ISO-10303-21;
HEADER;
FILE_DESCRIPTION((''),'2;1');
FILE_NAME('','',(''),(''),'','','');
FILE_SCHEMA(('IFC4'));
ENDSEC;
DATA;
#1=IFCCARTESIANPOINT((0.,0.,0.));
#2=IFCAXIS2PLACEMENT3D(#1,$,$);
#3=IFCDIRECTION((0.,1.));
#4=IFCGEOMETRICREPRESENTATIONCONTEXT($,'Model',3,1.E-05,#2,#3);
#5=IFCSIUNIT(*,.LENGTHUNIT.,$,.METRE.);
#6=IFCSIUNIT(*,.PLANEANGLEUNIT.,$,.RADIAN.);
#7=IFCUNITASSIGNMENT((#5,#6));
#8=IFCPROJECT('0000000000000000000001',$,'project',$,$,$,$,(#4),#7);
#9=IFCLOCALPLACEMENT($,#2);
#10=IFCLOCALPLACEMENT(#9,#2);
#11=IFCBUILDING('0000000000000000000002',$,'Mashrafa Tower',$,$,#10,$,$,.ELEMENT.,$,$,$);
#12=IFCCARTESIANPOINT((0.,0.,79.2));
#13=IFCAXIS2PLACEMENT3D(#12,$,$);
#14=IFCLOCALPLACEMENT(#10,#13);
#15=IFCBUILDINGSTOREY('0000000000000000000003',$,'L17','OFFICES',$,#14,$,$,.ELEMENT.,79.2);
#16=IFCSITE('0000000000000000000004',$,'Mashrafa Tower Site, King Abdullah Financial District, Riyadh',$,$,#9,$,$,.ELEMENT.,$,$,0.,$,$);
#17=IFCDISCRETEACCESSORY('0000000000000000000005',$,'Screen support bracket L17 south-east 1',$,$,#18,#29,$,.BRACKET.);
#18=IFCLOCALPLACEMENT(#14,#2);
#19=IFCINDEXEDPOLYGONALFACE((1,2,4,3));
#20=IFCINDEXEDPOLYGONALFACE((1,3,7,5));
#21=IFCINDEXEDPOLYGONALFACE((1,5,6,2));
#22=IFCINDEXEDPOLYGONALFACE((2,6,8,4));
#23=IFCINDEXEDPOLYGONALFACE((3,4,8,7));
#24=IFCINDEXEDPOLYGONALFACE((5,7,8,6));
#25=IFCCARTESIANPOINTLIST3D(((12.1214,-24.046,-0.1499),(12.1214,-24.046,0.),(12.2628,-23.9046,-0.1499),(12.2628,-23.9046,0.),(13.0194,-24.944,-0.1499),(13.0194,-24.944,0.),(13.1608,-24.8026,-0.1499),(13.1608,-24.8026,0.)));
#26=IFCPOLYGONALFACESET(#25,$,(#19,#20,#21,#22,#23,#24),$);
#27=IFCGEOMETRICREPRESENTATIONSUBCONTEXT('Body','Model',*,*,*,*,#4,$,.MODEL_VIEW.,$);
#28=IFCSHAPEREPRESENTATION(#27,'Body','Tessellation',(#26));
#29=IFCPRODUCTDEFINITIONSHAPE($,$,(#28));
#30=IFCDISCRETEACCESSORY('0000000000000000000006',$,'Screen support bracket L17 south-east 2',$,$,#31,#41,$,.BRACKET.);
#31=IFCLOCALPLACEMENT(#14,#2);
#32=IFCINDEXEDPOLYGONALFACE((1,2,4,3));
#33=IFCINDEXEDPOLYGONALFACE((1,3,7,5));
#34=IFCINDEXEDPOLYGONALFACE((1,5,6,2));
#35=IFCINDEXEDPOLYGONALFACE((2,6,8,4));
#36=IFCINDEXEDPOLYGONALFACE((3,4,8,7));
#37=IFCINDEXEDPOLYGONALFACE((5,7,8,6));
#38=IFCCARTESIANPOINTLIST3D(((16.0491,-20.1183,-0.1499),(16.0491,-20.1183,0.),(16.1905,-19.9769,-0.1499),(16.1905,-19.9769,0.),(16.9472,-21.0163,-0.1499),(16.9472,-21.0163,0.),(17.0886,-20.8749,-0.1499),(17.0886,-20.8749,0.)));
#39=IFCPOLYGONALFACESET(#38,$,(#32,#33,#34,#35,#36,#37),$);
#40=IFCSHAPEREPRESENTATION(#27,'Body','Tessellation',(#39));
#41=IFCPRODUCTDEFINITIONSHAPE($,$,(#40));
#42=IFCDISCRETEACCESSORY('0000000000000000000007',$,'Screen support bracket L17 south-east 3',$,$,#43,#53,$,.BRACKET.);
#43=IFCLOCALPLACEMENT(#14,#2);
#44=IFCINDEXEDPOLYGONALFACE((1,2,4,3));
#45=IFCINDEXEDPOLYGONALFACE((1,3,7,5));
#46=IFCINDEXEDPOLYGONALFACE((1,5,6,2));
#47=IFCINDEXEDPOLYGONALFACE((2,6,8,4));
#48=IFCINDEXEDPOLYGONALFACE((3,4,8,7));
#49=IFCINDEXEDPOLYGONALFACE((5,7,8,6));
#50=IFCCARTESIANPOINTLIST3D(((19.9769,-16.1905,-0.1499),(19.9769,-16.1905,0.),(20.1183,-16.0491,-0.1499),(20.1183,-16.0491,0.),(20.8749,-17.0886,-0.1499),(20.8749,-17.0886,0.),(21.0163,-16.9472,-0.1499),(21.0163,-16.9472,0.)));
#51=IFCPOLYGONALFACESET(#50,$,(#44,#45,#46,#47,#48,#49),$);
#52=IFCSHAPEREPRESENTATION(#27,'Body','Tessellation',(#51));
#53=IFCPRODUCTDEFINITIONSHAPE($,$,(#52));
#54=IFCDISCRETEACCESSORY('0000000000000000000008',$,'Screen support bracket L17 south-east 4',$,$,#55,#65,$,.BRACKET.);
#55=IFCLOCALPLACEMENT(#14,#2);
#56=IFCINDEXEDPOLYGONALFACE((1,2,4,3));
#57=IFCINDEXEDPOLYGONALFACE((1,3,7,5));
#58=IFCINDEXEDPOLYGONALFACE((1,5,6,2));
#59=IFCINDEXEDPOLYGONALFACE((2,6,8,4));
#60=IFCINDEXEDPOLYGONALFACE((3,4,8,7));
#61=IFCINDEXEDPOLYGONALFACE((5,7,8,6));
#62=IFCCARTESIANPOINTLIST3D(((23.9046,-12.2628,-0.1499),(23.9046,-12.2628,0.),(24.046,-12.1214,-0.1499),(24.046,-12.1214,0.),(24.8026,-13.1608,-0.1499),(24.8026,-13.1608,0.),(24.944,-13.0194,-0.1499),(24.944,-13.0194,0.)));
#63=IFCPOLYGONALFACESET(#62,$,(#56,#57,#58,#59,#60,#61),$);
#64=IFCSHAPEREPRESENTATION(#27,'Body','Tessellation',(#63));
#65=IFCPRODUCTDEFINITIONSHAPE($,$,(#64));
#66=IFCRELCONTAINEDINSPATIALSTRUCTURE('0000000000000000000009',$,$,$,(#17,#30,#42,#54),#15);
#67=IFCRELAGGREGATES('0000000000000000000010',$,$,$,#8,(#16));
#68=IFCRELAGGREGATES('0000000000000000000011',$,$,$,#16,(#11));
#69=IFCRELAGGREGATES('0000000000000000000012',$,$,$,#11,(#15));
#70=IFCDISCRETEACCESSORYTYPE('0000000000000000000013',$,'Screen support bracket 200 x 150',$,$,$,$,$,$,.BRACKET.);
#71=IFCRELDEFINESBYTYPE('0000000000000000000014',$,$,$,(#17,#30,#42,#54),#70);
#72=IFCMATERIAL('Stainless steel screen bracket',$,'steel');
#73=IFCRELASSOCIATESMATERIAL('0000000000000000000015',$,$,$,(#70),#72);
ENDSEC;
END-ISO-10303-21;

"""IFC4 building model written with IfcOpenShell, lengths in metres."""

from ifc_helpers import new_model, si_unit, direction, frame, origin, origin_2d, place, context, subcontext, project, spatial, rectangle, extrude, source, transform, mapped, material, type_object, type_shapes, element, save


model = new_model("IFC4")

# Units and contexts
model_context = context("Model", 3, precision=1e-05, world=origin(), true_north=direction((0.0, 1.0)))
body_context = subcontext(model_context, "Body", "Model", "MODEL_VIEW")
ifc_project = project(units=[si_unit("LENGTHUNIT", "METRE"), si_unit("PLANEANGLEUNIT", "RADIAN")], contexts=[model_context])

# Site, building, storey
site_placement = place(None, origin())
site = spatial("IfcSite", under=ifc_project, at=site_placement, Name="Mashrafa Tower Site, King Abdullah Financial District, Riyadh", CompositionType="ELEMENT", RefElevation=0.0)
building_placement = place(site_placement, origin())
building = spatial("IfcBuilding", under=site, at=building_placement, Name="Mashrafa Tower", CompositionType="ELEMENT")
storey_placement = place(building_placement, frame((0.0, 0.0, 79.2)))
storey = spatial("IfcBuildingStorey", under=building, at=storey_placement, Name="L17", Description="OFFICES", CompositionType="ELEMENT", Elevation=79.2)

# Discrete accessories
ifc_material_1 = material(Name="Stainless steel screen bracket", Category="steel")
discrete_accessory_type = type_object("IfcDiscreteAccessoryType", Name="Screen support bracket 200 x 150", PredefinedType="BRACKET", material=ifc_material_1)
shared_shape_1 = source(origin(), body_context, "Body", "SweptSolid", [
    extrude(rectangle(XDim=0.2, YDim=1.27, at=origin_2d()), origin(), (0.0, 0.0, 1.0), 0.1499),
])
type_shapes(discrete_accessory_type, [shared_shape_1])
for number, where, z_axis, x_axis, name in (
    (1, (12.6411, -24.4243, -0.1499), (0.0, 0.0, 1.0), (0.707107, 0.707107, 0.0), "Screen support bracket L17 south-east 1"),
    (2, (16.5688, -20.4966, -0.1499), (0.0, 0.0, 1.0), (0.707107, 0.707107, 0.0), "Screen support bracket L17 south-east 2"),
    (3, (20.4966, -16.5688, -0.1499), (0.0, 0.0, 1.0), (0.707107, 0.707107, 0.0), "Screen support bracket L17 south-east 3"),
    (4, (24.4243, -12.6411, -0.1499), (0.0, 0.0, 1.0), (0.707107, 0.707107, 0.0), "Screen support bracket L17 south-east 4"),
):
    element("IfcDiscreteAccessory", number, at=place(storey_placement, frame(where, z_axis=z_axis, x_axis=x_axis)), inside=storey, type_object=discrete_accessory_type, Name=name, PredefinedType="BRACKET", context=body_context, shape_type="MappedRepresentation", body=[
        mapped(shared_shape_1, transform((0.0, 0.0, 0.0))),
    ])

save(model, "model.ifc")
